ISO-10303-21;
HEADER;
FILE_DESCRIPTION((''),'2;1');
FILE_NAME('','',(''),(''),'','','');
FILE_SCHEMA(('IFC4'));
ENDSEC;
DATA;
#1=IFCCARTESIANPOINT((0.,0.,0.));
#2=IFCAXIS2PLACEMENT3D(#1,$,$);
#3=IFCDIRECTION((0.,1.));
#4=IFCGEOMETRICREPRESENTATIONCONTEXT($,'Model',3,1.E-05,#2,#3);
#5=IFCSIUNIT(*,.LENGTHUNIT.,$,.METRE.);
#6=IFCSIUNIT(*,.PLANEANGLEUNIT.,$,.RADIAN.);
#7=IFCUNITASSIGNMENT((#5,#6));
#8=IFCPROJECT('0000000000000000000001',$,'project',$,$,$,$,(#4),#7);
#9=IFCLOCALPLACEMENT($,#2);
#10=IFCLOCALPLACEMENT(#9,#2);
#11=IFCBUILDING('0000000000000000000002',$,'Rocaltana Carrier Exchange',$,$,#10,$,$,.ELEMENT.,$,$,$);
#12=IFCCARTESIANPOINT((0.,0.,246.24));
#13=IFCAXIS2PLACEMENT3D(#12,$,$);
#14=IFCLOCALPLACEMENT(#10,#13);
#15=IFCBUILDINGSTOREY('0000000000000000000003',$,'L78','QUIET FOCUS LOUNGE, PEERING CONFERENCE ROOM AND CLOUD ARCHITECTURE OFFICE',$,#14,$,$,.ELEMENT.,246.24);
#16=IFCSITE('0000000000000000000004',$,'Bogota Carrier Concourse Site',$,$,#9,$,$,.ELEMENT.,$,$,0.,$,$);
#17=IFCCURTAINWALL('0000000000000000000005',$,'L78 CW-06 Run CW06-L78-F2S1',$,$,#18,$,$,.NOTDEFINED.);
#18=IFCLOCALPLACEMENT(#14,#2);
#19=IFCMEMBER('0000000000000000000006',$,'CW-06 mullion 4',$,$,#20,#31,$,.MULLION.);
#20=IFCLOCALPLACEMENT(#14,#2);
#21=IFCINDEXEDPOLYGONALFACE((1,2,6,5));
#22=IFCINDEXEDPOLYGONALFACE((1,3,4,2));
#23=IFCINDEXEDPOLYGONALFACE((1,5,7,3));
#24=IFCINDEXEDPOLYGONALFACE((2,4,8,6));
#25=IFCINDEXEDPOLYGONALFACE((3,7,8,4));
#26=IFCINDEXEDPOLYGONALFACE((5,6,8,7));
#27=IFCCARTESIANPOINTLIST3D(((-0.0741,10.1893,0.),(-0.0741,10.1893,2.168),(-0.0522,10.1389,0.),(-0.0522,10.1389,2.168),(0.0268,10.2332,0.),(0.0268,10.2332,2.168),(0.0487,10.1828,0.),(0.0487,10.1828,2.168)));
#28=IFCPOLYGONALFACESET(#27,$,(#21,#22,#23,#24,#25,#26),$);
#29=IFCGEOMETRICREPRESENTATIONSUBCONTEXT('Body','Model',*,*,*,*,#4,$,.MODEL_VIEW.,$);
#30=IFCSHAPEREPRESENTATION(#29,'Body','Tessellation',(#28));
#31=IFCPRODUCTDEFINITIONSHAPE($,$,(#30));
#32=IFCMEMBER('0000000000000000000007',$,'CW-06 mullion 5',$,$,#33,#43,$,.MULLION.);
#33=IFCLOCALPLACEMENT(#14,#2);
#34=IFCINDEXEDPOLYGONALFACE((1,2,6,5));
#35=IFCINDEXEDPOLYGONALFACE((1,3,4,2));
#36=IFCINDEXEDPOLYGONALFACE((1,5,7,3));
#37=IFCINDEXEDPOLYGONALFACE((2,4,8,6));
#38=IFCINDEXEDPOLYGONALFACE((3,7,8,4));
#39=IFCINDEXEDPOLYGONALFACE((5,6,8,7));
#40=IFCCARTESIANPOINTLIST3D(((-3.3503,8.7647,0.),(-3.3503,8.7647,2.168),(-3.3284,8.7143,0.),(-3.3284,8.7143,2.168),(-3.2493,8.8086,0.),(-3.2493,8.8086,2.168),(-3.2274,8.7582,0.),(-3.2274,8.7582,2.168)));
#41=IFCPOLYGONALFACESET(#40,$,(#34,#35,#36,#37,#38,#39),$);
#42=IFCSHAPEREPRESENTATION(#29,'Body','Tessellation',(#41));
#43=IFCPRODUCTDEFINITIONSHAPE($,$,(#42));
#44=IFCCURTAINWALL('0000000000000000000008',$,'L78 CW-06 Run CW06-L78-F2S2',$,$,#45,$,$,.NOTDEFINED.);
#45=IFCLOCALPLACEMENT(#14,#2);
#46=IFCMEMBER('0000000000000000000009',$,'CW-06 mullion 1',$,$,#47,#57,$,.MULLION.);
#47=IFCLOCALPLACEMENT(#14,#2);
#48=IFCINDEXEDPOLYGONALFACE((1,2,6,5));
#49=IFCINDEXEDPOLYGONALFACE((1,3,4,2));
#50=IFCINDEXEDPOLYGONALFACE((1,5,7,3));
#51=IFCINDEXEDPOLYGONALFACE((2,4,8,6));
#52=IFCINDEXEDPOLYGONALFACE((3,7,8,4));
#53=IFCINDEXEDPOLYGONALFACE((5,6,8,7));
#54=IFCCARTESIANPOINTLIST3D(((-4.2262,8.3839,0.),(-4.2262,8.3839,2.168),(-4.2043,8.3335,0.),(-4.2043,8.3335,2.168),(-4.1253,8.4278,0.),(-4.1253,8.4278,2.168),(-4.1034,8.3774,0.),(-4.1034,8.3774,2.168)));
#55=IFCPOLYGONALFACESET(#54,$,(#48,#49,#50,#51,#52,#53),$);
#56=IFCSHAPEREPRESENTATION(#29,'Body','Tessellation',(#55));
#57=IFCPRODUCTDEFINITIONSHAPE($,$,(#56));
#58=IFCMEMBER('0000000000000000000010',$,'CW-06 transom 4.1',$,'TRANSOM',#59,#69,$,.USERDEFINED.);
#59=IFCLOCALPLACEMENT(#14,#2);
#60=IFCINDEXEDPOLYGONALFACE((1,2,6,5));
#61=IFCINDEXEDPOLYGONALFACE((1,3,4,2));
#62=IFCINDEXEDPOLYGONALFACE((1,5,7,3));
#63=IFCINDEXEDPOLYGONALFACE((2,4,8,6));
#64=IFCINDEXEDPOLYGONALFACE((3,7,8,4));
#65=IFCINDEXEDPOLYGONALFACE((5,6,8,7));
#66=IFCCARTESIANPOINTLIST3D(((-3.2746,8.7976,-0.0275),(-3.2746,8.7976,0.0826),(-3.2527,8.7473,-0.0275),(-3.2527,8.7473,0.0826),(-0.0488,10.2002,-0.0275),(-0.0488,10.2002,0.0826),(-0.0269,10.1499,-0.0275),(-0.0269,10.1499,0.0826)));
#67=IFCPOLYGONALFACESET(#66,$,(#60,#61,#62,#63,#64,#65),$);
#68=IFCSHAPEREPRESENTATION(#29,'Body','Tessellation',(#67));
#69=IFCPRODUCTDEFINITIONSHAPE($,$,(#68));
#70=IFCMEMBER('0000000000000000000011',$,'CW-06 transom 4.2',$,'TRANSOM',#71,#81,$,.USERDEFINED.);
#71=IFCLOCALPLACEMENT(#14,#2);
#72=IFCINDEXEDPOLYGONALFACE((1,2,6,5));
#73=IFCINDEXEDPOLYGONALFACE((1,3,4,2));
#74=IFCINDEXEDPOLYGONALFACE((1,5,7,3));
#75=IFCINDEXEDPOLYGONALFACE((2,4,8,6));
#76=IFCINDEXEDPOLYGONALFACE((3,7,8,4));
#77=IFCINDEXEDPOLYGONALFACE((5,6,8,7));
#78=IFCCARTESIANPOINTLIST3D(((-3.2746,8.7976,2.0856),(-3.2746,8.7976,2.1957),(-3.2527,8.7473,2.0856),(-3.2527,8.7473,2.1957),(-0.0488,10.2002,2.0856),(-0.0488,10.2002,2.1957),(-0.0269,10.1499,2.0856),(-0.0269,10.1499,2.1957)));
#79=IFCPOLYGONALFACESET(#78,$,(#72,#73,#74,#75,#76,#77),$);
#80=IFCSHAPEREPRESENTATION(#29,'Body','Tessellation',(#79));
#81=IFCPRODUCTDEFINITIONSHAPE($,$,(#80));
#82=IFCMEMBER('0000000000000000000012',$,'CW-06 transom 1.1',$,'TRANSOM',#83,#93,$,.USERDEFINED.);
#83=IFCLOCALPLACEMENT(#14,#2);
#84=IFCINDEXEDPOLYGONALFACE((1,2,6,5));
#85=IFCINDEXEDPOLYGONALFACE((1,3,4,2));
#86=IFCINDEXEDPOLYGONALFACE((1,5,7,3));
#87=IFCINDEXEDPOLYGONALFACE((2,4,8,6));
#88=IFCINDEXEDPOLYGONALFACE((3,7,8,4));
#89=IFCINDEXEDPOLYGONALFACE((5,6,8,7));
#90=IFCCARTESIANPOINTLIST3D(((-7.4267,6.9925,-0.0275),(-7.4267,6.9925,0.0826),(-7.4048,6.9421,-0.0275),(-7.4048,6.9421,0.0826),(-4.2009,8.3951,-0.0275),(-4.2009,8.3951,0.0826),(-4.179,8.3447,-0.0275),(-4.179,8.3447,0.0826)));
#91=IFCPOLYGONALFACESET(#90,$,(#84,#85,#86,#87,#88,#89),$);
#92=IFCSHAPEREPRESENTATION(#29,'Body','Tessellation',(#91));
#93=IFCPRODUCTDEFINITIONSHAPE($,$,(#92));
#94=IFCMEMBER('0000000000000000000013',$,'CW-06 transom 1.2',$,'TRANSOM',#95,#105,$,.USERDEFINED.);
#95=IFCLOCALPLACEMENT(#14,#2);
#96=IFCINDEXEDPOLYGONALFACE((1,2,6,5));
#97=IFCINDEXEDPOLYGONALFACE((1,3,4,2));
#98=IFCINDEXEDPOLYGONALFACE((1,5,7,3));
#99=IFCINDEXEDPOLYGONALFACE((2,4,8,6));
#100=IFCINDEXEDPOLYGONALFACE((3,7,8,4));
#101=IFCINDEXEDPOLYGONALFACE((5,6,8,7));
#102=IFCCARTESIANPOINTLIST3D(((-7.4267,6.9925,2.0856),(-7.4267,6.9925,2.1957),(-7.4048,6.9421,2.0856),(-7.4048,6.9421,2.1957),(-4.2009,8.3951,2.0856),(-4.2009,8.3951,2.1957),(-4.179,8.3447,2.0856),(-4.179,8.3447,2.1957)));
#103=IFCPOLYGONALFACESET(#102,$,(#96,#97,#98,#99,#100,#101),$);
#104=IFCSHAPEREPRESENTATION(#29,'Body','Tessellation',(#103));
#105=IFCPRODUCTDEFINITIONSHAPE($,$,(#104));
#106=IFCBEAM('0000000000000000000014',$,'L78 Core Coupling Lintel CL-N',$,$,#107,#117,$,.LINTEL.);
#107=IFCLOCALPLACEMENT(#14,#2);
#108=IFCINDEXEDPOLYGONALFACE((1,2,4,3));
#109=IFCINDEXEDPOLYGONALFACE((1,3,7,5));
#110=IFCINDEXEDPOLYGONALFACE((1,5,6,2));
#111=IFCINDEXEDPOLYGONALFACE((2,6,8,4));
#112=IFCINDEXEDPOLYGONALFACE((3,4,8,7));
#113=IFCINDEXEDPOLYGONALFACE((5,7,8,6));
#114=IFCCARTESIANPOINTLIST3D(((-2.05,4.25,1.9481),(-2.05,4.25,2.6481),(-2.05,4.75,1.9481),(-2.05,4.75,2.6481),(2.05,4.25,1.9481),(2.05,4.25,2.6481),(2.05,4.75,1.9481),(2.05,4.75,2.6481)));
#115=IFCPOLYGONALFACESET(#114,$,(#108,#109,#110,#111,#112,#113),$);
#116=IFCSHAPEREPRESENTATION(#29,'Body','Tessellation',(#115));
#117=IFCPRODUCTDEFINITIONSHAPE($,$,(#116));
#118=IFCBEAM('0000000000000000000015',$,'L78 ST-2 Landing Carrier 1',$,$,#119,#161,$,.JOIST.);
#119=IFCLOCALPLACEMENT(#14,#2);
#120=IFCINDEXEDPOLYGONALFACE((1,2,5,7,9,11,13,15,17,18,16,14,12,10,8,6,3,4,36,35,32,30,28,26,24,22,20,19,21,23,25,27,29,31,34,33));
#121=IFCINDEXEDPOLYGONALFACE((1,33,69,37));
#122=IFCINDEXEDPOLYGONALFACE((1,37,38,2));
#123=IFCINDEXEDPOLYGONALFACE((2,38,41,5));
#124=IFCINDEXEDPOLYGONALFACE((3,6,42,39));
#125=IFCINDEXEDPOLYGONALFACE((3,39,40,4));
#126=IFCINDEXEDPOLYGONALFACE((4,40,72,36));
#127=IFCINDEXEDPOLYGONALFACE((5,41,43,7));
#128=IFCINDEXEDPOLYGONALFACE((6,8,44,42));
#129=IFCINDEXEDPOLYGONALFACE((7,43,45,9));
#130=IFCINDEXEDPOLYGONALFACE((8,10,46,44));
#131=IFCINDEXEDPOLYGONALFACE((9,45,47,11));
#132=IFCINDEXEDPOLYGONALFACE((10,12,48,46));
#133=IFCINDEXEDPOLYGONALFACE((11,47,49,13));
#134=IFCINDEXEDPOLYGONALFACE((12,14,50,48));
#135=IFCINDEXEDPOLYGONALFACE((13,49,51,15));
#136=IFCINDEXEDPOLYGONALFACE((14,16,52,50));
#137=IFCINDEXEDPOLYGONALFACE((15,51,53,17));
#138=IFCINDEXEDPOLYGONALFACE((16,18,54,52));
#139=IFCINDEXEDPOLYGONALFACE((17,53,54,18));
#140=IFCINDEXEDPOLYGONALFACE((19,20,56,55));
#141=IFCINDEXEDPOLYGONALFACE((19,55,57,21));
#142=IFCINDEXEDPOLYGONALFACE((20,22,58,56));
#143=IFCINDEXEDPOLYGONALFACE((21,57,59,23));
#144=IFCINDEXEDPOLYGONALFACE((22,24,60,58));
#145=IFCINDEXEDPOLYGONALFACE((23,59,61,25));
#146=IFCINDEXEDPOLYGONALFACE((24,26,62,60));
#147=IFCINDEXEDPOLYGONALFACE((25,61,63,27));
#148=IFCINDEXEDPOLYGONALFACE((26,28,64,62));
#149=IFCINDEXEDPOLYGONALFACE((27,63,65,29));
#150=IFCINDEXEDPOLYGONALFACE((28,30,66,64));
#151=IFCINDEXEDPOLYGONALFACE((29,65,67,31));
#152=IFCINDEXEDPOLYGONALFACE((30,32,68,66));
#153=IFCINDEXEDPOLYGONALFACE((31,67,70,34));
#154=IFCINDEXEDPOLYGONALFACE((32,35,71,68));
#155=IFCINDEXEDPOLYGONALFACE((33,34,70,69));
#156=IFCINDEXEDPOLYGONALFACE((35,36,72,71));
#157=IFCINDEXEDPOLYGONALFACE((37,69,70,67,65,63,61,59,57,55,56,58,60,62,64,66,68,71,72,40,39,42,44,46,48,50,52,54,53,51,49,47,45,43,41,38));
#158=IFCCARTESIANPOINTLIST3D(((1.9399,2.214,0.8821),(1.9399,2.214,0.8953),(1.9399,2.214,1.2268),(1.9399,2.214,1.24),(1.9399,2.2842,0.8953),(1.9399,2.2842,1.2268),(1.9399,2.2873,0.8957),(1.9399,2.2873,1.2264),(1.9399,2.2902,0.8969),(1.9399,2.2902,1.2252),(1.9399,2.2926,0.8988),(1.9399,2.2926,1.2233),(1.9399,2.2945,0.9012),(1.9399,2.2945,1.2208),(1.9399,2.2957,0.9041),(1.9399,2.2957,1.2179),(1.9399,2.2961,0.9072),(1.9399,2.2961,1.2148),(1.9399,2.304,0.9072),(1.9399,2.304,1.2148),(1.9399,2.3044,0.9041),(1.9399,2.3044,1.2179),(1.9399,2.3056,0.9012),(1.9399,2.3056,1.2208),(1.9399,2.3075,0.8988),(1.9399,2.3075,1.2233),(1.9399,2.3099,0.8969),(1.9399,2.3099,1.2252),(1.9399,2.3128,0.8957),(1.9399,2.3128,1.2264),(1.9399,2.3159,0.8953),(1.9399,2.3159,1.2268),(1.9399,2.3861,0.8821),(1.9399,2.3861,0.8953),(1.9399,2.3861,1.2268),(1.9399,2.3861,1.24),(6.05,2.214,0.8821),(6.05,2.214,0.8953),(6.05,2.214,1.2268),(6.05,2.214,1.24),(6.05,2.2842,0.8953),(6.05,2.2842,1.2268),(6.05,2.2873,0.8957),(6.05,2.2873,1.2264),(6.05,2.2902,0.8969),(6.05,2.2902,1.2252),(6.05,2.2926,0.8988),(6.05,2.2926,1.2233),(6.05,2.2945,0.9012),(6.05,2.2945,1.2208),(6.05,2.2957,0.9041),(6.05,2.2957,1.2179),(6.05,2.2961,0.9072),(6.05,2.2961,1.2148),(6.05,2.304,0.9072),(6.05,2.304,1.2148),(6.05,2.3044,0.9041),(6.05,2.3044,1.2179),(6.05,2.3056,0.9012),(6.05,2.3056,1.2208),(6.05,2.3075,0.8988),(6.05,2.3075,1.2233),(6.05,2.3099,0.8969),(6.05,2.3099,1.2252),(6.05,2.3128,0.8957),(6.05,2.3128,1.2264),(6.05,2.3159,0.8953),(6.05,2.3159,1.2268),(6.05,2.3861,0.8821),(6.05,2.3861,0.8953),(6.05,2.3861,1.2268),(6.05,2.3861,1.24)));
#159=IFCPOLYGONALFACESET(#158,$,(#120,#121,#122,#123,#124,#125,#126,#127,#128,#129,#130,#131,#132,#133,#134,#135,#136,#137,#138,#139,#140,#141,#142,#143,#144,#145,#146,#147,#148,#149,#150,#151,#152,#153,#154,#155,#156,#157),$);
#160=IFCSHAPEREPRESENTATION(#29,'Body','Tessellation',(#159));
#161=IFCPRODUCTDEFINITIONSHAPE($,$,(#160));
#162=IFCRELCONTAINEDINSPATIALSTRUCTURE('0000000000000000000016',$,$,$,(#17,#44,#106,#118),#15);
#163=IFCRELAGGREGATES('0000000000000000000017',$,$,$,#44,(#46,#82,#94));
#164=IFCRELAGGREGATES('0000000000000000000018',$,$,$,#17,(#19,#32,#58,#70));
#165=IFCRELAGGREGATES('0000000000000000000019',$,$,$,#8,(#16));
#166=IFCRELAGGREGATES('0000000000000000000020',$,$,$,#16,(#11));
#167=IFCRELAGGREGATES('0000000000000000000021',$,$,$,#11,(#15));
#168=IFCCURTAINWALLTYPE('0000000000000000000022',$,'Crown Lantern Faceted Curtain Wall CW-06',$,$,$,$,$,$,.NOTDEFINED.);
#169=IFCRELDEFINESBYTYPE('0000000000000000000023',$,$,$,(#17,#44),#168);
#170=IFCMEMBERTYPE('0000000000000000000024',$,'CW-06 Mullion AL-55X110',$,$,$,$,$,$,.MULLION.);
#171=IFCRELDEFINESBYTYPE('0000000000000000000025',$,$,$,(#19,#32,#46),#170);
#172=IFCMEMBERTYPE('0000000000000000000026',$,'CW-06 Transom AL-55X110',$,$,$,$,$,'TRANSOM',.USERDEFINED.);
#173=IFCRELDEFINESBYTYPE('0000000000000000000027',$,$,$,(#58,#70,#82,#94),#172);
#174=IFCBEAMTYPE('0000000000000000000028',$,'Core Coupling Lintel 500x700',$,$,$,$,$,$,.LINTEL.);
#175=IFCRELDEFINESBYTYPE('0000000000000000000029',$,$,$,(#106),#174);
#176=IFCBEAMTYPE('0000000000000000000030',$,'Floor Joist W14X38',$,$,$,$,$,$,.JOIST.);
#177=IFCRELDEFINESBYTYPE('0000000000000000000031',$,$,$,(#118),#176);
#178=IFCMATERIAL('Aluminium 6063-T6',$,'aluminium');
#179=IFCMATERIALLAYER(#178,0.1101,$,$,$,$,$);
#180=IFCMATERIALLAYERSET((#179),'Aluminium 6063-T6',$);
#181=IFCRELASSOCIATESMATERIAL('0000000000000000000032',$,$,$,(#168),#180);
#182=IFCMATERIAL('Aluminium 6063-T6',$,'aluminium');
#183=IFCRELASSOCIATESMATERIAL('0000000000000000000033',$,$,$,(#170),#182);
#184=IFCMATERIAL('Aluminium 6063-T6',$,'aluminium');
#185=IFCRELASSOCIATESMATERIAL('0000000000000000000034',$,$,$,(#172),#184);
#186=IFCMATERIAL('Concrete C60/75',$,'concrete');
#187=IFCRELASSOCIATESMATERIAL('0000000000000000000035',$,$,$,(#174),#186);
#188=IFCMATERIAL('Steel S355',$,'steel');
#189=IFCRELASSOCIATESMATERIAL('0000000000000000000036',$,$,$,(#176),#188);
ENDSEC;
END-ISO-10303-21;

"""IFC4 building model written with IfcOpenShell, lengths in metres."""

from ifc_helpers import new_model, si_unit, direction, frame, origin, origin_2d, place, context, subcontext, project, spatial, rectangle, i_section, extrude, material, layer, layer_set, material_profile, profile_set, type_object, element, aggregate, save


model = new_model("IFC4")

# Units and contexts
model_context = context("Model", 3, precision=1e-05, world=origin(), true_north=direction((0.0, 1.0)))
body_context = subcontext(model_context, "Body", "Model", "MODEL_VIEW")
ifc_project = project(units=[si_unit("LENGTHUNIT", "METRE"), si_unit("PLANEANGLEUNIT", "RADIAN")], contexts=[model_context])

# Site, building, storey
site_placement = place(None, origin())
site = spatial("IfcSite", under=ifc_project, at=site_placement, Name="Bogota Carrier Concourse Site", CompositionType="ELEMENT", RefElevation=0.0)
building_placement = place(site_placement, origin())
building = spatial("IfcBuilding", under=site, at=building_placement, Name="Rocaltana Carrier Exchange", CompositionType="ELEMENT")
storey_placement = place(building_placement, frame((0.0, 0.0, 246.24)))
storey = spatial("IfcBuildingStorey", under=building, at=storey_placement, Name="L78", Description="QUIET FOCUS LOUNGE, PEERING CONFERENCE ROOM AND CLOUD ARCHITECTURE OFFICE", CompositionType="ELEMENT", Elevation=246.24)

# Curtain wall, members
ifc_material_1 = material(Name="Aluminium 6063-T6", Category="aluminium")
ifc_layer_1 = layer(ifc_material_1, 0.1101)
ifc_layer_set_1 = layer_set([ifc_layer_1], Name="Aluminium 6063-T6")
curtain_wall_type = type_object("IfcCurtainWallType", Name="Crown Lantern Faceted Curtain Wall CW-06", PredefinedType="NOTDEFINED", material=ifc_layer_set_1)
curtain_wall_1_placement = place(storey_placement, origin())
curtain_wall_1 = element("IfcCurtainWall", 1, at=curtain_wall_1_placement, inside=storey, type_object=curtain_wall_type, Name="L78 CW-06 Run CW06-L78-F2S1", PredefinedType="NOTDEFINED")
ifc_material_2 = material(Name="Aluminium 6063-T6", Category="aluminium")
ifc_material_profile_1 = material_profile(ifc_material_2, rectangle(XDim=0.0549, YDim=0.1101, at=origin_2d()), Name="AL-55X110")
ifc_profile_set_1 = profile_set([ifc_material_profile_1], Name="Aluminium 6063-T6")
member_type_1 = type_object("IfcMemberType", Name="CW-06 Mullion AL-55X110", PredefinedType="MULLION", material=ifc_profile_set_1)
member_1_placement = place(storey_placement, frame((-0.0127, 10.186, 0.0), z_axis=(0.0, 0.0, 1.0), x_axis=(0.398752, -0.917059, 0.0)))
member_1 = element("IfcMember", 2, at=member_1_placement, type_object=member_type_1, Name="CW-06 mullion 4", PredefinedType="MULLION", context=body_context, shape_type="SweptSolid", body=[
    extrude(rectangle(XDim=0.0549, YDim=0.1101, at=origin_2d()), origin(), (0.0, 0.0, 1.0), 2.168),
])
member_2_placement = place(storey_placement, frame((-3.2888, 8.7615, 0.0), z_axis=(0.0, 0.0, 1.0), x_axis=(0.398752, -0.917059, 0.0)))
member_2 = element("IfcMember", 3, at=member_2_placement, type_object=member_type_1, Name="CW-06 mullion 5", PredefinedType="MULLION", context=body_context, shape_type="SweptSolid", body=[
    extrude(rectangle(XDim=0.0549, YDim=0.1101, at=origin_2d()), origin(), (0.0, 0.0, 1.0), 2.168),
])

# Curtain wall, member
curtain_wall_2_placement = place(storey_placement, origin())
curtain_wall_2 = element("IfcCurtainWall", 4, at=curtain_wall_2_placement, inside=storey, type_object=curtain_wall_type, Name="L78 CW-06 Run CW06-L78-F2S2", PredefinedType="NOTDEFINED")
member_3_placement = place(storey_placement, frame((-4.1648, 8.3806, 0.0), z_axis=(0.0, 0.0, 1.0), x_axis=(0.398749, -0.91706, 0.0)))
member_3 = element("IfcMember", 5, at=member_3_placement, type_object=member_type_1, Name="CW-06 mullion 1", PredefinedType="MULLION", context=body_context, shape_type="SweptSolid", body=[
    extrude(rectangle(XDim=0.0549, YDim=0.1101, at=origin_2d()), origin(), (0.0, 0.0, 1.0), 2.168),
])

# Members
ifc_material_3 = material(Name="Aluminium 6063-T6", Category="aluminium")
ifc_material_profile_2 = material_profile(ifc_material_3, rectangle(XDim=0.0549, YDim=0.1101, at=origin_2d()), Name="AL-55X110")
ifc_profile_set_2 = profile_set([ifc_material_profile_2], Name="Aluminium 6063-T6")
member_type_2 = type_object("IfcMemberType", Name="CW-06 Transom AL-55X110", ElementType="TRANSOM", PredefinedType="USERDEFINED", material=ifc_profile_set_2)
member_4_placement = place(storey_placement, frame((-0.0378, 10.175, 0.0276), z_axis=(-0.917065, -0.398739, 0.0), x_axis=(0.398739, -0.917065, 0.0)))
member_4 = element("IfcMember", 6, at=member_4_placement, type_object=member_type_2, Name="CW-06 transom 4.1", ObjectType="TRANSOM", PredefinedType="USERDEFINED", context=body_context, shape_type="SweptSolid", body=[
    extrude(rectangle(XDim=0.0549, YDim=0.1101, at=origin_2d()), origin(), (0.0, 0.0, 1.0), 3.5176),
])
member_5_placement = place(storey_placement, frame((-0.0378, 10.175, 2.1406), z_axis=(-0.917065, -0.398739, 0.0), x_axis=(0.398739, -0.917065, 0.0)))
member_5 = element("IfcMember", 7, at=member_5_placement, type_object=member_type_2, Name="CW-06 transom 4.2", ObjectType="TRANSOM", PredefinedType="USERDEFINED", context=body_context, shape_type="SweptSolid", body=[
    extrude(rectangle(XDim=0.0549, YDim=0.1101, at=origin_2d()), origin(), (0.0, 0.0, 1.0), 3.5176),
])
member_6_placement = place(storey_placement, frame((-4.1899, 8.3699, 0.0276), z_axis=(-0.917065, -0.398739, 0.0), x_axis=(0.398739, -0.917065, 0.0)))
member_6 = element("IfcMember", 8, at=member_6_placement, type_object=member_type_2, Name="CW-06 transom 1.1", ObjectType="TRANSOM", PredefinedType="USERDEFINED", context=body_context, shape_type="SweptSolid", body=[
    extrude(rectangle(XDim=0.0549, YDim=0.1101, at=origin_2d()), origin(), (0.0, 0.0, 1.0), 3.5176),
])
member_7_placement = place(storey_placement, frame((-4.1899, 8.3699, 2.1406), z_axis=(-0.917065, -0.398739, 0.0), x_axis=(0.398739, -0.917065, 0.0)))
member_7 = element("IfcMember", 9, at=member_7_placement, type_object=member_type_2, Name="CW-06 transom 1.2", ObjectType="TRANSOM", PredefinedType="USERDEFINED", context=body_context, shape_type="SweptSolid", body=[
    extrude(rectangle(XDim=0.0549, YDim=0.1101, at=origin_2d()), origin(), (0.0, 0.0, 1.0), 3.5176),
])
aggregate(curtain_wall_2, [member_3, member_6, member_7])

# Beams
ifc_material_4 = material(Name="Concrete C60/75", Category="concrete")
ifc_material_profile_3 = material_profile(ifc_material_4, rectangle(XDim=0.5, YDim=0.7, at=origin_2d()), Name="RC-BM-500X700")
ifc_profile_set_3 = profile_set([ifc_material_profile_3], Name="Concrete C60/75")
beam_type_1 = type_object("IfcBeamType", Name="Core Coupling Lintel 500x700", PredefinedType="LINTEL", material=ifc_profile_set_3)
beam_1_placement = place(storey_placement, frame((-2.05, 4.5, 2.2981), z_axis=(1.0, 0.0, 0.0), x_axis=(0.0, 1.0, 0.0)))
element("IfcBeam", 10, at=beam_1_placement, inside=storey, type_object=beam_type_1, Name="L78 Core Coupling Lintel CL-N", PredefinedType="LINTEL", context=body_context, shape_type="SweptSolid", body=[
    extrude(rectangle(XDim=0.5, YDim=0.7, at=origin_2d()), origin(), (0.0, 0.0, 1.0), 4.1001),
])
ifc_material_5 = material(Name="Steel S355", Category="steel")
ifc_material_profile_4 = material_profile(ifc_material_5, i_section(OverallWidth=0.1721, OverallDepth=0.3579, WebThickness=0.0078, FlangeThickness=0.0132, FilletRadius=0.012, at=origin_2d()), Name="W14X38")
ifc_profile_set_4 = profile_set([ifc_material_profile_4], Name="Steel S355")
beam_type_2 = type_object("IfcBeamType", Name="Floor Joist W14X38", PredefinedType="JOIST", material=ifc_profile_set_4)
for number, where, z_axis, x_axis, name in (
    (11, (1.9399, 2.3, 1.061), (1.0, 0.0, 0.0), (0.0, 1.0, 0.0), "L78 ST-2 Landing Carrier 1"),
):
    element("IfcBeam", number, at=place(storey_placement, frame(where, z_axis=z_axis, x_axis=x_axis)), inside=storey, type_object=beam_type_2, Name=name, PredefinedType="JOIST", context=body_context, shape_type="SweptSolid", body=[
        extrude(i_section(OverallWidth=0.1721, OverallDepth=0.3579, WebThickness=0.0078, FlangeThickness=0.0132, FilletRadius=0.012, at=origin_2d()), origin(), (0.0, 0.0, 1.0), 4.1101),
    ])

aggregate(curtain_wall_1, [member_1, member_2, member_4, member_5])

save(model, "model.ifc")
